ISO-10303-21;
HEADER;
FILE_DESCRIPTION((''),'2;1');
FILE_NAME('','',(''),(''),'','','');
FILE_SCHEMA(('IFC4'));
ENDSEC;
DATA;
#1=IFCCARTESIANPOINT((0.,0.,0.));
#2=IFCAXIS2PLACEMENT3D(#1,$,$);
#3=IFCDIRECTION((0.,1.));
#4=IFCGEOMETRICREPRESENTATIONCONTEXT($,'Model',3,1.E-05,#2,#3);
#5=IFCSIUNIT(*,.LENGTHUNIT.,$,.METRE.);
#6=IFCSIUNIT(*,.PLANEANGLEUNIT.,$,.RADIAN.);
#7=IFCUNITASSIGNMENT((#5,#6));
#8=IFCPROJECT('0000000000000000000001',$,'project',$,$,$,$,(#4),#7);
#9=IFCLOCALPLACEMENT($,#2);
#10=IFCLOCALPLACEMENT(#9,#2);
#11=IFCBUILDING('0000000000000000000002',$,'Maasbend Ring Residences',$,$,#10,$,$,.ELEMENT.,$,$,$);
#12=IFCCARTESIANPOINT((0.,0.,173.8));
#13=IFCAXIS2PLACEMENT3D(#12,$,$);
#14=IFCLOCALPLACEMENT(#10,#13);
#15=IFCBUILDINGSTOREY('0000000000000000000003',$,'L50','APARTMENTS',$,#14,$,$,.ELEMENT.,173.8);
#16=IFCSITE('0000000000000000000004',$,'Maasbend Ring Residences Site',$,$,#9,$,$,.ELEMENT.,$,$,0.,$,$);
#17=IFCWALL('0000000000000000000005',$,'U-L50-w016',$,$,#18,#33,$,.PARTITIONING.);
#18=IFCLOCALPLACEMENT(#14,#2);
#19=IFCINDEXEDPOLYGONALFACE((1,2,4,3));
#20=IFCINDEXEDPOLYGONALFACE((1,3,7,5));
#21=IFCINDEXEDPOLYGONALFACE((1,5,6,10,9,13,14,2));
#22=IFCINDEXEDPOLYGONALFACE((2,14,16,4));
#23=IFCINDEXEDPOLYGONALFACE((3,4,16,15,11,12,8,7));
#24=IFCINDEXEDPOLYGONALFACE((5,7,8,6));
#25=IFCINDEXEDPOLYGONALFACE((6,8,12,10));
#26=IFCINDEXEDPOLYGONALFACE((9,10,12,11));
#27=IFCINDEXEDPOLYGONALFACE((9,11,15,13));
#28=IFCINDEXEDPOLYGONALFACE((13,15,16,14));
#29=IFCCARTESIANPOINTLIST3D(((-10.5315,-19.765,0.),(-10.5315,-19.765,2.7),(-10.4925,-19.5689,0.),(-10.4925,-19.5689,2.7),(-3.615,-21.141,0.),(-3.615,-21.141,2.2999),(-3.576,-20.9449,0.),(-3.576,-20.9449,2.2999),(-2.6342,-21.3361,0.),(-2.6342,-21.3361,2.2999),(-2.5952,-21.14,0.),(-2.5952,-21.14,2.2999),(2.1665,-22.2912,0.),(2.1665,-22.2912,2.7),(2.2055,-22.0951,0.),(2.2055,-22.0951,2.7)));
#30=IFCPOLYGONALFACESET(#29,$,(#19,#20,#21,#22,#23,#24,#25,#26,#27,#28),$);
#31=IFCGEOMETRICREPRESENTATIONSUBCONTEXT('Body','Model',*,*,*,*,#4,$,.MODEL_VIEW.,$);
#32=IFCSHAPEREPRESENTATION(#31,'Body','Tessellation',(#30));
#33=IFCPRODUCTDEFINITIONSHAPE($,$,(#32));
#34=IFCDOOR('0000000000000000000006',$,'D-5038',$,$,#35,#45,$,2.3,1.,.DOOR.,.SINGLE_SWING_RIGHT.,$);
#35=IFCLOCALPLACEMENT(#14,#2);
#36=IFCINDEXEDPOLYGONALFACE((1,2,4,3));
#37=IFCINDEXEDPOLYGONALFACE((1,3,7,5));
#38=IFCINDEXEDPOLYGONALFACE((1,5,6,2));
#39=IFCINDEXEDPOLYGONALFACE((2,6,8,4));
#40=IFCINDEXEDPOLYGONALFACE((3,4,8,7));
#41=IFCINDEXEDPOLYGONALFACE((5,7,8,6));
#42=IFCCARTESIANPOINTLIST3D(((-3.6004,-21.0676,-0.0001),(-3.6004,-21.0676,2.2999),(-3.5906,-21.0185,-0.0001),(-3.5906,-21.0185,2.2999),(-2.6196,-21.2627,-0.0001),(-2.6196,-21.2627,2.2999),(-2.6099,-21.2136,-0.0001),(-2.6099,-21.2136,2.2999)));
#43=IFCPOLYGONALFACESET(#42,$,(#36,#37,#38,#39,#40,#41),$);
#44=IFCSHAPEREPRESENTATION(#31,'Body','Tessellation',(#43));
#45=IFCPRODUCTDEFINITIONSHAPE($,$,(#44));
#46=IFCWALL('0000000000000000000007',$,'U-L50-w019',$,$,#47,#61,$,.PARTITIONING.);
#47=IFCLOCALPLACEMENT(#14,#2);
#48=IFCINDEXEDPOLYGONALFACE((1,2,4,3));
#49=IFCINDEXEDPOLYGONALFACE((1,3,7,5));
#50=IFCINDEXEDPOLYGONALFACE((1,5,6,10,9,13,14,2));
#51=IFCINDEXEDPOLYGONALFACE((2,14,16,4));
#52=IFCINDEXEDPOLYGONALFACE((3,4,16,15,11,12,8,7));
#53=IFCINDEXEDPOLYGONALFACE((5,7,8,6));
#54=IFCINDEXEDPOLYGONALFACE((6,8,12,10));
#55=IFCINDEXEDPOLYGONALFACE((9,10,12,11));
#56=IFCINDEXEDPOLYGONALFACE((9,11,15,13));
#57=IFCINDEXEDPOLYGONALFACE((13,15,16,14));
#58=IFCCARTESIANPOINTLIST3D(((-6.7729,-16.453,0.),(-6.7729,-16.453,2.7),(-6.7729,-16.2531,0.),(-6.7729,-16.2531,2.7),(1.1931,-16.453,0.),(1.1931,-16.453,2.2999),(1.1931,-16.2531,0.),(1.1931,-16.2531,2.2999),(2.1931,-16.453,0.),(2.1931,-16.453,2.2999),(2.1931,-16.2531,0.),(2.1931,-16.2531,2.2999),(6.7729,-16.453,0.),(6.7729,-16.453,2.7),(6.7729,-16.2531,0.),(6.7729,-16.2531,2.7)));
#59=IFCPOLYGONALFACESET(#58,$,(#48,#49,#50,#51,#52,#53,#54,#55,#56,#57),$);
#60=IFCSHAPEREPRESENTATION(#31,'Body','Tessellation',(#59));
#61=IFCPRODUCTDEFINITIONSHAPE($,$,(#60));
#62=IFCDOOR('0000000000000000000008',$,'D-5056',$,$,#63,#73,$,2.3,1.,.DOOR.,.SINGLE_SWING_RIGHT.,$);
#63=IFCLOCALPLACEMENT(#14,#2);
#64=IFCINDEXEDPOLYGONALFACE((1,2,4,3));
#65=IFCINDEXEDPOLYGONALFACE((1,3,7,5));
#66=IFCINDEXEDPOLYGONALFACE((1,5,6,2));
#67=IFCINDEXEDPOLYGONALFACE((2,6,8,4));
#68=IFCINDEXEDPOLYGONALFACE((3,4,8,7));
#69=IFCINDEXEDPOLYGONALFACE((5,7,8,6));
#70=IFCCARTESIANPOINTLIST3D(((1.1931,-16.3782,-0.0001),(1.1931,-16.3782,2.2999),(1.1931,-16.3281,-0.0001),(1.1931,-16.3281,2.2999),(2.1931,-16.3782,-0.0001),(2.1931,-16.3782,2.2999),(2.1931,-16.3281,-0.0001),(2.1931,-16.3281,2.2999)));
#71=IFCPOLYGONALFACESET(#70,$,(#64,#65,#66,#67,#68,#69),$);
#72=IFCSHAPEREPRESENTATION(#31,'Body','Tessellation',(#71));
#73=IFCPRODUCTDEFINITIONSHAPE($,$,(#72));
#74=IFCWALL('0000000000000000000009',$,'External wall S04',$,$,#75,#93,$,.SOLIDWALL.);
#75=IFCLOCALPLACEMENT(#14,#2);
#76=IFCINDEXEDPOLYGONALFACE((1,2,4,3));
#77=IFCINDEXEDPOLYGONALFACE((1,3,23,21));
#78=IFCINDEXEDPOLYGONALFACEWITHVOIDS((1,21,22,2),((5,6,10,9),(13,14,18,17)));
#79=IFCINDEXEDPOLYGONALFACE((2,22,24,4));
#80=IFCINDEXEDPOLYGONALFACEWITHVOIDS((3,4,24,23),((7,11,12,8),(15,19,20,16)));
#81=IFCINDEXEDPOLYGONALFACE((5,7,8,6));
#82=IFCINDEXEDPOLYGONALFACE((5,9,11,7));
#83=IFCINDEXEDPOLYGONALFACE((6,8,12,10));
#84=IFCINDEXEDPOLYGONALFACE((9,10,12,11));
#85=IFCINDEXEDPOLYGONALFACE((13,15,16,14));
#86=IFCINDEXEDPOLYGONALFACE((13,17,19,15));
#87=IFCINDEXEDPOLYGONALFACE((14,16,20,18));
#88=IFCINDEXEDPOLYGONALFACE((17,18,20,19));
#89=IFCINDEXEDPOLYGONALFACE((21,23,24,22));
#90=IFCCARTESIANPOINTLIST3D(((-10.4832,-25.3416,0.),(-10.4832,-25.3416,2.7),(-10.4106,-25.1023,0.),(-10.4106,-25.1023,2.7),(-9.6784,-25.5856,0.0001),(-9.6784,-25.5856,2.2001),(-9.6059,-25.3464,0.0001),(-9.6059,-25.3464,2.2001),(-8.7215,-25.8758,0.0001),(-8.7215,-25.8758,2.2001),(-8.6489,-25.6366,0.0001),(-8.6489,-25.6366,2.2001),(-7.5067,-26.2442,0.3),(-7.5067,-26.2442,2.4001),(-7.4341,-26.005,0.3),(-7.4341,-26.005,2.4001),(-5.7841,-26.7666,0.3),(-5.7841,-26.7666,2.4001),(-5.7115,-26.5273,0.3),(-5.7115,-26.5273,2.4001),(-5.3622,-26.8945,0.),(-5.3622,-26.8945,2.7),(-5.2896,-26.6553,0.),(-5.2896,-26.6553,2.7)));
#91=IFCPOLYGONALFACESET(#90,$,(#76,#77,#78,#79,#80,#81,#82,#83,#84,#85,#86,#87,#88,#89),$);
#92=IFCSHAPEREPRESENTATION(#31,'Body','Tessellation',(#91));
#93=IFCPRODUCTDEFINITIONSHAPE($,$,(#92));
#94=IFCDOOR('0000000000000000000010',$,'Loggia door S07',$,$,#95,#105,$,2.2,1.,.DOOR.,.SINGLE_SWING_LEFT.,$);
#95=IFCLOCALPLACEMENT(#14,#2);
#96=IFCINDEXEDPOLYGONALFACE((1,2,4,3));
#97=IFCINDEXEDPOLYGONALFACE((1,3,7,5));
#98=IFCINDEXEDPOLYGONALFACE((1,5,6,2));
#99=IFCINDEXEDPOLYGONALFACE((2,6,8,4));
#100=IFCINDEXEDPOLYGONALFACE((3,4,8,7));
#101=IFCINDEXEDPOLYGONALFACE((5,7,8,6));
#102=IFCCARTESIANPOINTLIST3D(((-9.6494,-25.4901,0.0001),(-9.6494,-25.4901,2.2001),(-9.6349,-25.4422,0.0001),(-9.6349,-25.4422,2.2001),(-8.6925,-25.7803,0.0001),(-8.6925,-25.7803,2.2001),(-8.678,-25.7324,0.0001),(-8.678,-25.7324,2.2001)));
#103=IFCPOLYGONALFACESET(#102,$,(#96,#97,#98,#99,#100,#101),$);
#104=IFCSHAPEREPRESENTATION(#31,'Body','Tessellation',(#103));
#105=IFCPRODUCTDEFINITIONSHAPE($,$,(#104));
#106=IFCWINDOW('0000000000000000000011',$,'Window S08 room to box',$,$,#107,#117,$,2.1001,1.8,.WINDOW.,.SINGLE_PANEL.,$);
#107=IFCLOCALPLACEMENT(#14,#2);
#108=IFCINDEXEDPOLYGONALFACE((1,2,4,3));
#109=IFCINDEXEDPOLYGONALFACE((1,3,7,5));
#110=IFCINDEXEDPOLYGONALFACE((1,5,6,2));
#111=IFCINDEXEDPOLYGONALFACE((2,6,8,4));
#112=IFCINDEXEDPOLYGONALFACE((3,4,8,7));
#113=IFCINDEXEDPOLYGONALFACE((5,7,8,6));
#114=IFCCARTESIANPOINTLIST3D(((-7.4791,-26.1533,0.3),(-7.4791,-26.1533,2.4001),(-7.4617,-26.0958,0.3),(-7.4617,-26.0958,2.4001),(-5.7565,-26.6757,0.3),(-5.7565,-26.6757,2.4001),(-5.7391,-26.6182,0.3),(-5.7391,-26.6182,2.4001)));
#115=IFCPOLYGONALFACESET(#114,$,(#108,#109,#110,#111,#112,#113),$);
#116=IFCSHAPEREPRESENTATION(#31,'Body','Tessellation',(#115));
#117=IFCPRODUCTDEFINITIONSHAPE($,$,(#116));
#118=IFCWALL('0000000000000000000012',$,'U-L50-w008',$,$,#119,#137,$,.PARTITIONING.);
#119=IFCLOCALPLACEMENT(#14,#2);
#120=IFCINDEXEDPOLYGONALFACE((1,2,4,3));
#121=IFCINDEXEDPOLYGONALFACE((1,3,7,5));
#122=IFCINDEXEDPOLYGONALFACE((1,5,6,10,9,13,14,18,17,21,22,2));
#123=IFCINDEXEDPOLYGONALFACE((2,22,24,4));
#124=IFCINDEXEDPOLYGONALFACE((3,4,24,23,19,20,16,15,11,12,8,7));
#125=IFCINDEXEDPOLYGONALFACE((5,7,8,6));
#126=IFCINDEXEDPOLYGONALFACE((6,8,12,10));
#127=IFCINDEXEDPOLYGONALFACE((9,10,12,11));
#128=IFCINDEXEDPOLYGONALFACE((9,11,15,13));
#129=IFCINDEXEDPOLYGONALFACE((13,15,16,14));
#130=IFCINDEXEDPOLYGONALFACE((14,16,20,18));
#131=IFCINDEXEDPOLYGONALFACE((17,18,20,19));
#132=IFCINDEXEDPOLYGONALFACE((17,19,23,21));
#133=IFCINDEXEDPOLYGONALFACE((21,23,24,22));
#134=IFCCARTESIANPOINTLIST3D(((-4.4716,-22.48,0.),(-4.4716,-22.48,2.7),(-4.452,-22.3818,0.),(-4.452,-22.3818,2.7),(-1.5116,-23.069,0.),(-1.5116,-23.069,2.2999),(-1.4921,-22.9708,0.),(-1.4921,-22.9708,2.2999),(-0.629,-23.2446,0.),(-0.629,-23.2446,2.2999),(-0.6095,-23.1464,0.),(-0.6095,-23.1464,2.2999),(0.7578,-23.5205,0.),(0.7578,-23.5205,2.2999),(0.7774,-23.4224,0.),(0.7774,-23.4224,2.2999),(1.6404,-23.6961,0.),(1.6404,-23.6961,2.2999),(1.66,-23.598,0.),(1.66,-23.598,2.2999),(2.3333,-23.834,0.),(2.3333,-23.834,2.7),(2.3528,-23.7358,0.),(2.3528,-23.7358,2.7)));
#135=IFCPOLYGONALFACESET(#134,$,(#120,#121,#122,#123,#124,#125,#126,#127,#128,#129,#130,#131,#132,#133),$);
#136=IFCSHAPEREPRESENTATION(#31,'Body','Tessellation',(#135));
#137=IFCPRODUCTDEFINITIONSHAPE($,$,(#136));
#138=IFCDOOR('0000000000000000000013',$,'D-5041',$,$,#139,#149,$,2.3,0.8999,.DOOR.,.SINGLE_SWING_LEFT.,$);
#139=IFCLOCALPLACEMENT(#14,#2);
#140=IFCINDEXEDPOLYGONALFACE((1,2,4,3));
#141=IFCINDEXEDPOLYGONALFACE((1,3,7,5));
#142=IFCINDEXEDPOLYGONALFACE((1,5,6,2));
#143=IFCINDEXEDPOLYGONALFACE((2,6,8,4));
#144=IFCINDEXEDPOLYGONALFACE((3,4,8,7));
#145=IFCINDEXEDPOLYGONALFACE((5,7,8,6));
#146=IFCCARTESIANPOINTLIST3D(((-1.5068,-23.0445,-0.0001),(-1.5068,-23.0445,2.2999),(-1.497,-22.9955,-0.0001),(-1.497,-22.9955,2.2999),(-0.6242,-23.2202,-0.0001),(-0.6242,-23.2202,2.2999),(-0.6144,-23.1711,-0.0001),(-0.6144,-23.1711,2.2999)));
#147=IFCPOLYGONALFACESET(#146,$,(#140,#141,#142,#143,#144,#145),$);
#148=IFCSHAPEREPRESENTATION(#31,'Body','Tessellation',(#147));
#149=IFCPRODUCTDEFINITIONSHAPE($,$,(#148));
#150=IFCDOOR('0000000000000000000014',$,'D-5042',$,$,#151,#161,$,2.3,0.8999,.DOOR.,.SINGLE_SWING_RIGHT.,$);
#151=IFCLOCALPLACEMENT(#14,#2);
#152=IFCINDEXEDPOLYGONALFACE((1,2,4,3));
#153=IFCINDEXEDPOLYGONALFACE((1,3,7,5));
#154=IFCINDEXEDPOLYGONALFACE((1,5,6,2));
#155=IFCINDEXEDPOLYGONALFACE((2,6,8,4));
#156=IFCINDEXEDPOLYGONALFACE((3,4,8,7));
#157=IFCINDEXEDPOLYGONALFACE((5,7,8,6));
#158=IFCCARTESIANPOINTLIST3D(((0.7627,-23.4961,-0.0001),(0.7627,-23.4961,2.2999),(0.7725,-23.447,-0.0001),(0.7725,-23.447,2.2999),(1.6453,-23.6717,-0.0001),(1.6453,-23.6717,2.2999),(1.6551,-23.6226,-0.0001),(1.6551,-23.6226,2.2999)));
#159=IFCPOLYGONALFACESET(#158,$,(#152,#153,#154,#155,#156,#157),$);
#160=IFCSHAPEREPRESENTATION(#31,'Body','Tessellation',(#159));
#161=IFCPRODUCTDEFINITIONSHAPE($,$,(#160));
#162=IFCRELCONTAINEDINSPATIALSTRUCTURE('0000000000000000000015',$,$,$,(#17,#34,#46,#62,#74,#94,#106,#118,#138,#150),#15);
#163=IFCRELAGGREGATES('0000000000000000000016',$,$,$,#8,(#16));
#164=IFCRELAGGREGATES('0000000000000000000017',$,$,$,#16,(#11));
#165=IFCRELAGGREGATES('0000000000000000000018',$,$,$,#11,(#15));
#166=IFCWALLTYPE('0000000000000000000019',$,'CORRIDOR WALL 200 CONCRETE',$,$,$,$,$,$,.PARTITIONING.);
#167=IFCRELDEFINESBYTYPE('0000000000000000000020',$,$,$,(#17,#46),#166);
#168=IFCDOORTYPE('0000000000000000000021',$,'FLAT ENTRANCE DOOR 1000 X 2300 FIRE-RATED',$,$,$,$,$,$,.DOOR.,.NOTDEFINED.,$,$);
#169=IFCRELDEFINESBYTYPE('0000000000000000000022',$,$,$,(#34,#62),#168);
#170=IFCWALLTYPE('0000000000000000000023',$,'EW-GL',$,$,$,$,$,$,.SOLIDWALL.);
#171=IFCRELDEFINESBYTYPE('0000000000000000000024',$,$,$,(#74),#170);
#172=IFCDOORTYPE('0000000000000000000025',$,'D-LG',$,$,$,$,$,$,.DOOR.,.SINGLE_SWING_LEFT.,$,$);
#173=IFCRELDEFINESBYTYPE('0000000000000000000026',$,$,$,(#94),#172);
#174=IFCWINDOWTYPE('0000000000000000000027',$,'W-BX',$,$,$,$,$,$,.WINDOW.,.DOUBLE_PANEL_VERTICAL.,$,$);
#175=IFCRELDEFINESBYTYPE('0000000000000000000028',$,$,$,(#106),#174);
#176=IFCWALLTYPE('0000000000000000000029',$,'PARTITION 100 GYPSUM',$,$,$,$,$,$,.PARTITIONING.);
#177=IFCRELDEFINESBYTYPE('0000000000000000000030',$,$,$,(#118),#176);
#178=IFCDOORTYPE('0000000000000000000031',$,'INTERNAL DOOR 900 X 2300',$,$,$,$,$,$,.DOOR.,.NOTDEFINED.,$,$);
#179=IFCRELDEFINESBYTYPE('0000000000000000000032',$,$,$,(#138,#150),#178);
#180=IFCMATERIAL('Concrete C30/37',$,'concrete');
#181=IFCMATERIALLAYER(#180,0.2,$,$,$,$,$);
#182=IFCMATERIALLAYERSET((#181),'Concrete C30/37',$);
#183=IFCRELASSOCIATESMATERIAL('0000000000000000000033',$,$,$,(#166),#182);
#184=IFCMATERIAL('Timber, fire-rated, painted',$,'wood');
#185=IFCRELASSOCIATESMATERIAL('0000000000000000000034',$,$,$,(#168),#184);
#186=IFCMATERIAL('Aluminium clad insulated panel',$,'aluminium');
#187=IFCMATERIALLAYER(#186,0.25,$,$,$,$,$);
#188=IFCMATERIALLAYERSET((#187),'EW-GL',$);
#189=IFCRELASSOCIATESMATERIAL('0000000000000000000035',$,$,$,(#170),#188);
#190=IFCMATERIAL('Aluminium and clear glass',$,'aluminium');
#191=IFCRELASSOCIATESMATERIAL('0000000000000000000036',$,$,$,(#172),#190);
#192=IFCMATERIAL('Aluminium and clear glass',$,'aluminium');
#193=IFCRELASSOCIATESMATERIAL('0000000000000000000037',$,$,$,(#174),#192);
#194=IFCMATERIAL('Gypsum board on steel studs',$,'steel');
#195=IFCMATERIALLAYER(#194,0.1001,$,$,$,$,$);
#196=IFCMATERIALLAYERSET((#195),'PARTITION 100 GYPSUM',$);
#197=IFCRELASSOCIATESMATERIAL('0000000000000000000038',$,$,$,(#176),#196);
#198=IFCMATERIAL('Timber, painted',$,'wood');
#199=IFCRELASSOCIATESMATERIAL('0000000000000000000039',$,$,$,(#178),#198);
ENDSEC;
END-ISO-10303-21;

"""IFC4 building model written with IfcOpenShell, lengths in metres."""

from ifc_helpers import new_model, si_unit, direction, frame, frame_2d, origin, place, context, subcontext, project, spatial, rectangle, extrude, material, layer, layer_set, type_object, element, fill, save


model = new_model("IFC4")

# Units and contexts
model_context = context("Model", 3, precision=1e-05, world=origin(), true_north=direction((0.0, 1.0)))
body_context = subcontext(model_context, "Body", "Model", "MODEL_VIEW")
ifc_project = project(units=[si_unit("LENGTHUNIT", "METRE"), si_unit("PLANEANGLEUNIT", "RADIAN")], contexts=[model_context])

# Site, building, storey
site_placement = place(None, origin())
site = spatial("IfcSite", under=ifc_project, at=site_placement, Name="Maasbend Ring Residences Site", CompositionType="ELEMENT", RefElevation=0.0)
building_placement = place(site_placement, origin())
building = spatial("IfcBuilding", under=site, at=building_placement, Name="Maasbend Ring Residences", CompositionType="ELEMENT")
storey_placement = place(building_placement, frame((0.0, 0.0, 173.8)))
storey = spatial("IfcBuildingStorey", under=building, at=storey_placement, Name="L50", Description="APARTMENTS", CompositionType="ELEMENT", Elevation=173.8)

# Walls, openings, doors
ifc_material_1 = material(Name="Concrete C30/37", Category="concrete")
ifc_layer_1 = layer(ifc_material_1, 0.2)
ifc_layer_set_1 = layer_set([ifc_layer_1], Name="Concrete C30/37")
wall_type_1 = type_object("IfcWallType", Name="CORRIDOR WALL 200 CONCRETE", PredefinedType="PARTITIONING", material=ifc_layer_set_1)
wall_1_placement = place(storey_placement, frame((-10.512, -19.667, 0.0), z_axis=(0.0, 0.0, 1.0), x_axis=(0.98078, -0.195115, 0.0)))
wall_1 = element("IfcWall", 1, at=wall_1_placement, inside=storey, type_object=wall_type_1, Name="U-L50-w016", PredefinedType="PARTITIONING", context=body_context, shape_type="SweptSolid", body=[
    extrude(rectangle(XDim=12.9468, YDim=0.2, at=frame_2d((6.4734, 0.0))), origin(), (0.0, 0.0, 1.0), 2.7),
])
opening_1_placement = place(wall_1_placement, frame((7.052, 0.0, 0.0)))
opening_1 = element("IfcOpeningElement", 2, at=opening_1_placement, cuts=wall_1, PredefinedType="OPENING", context=body_context, shape_type="SweptSolid", body=[
    extrude(rectangle(XDim=1.0, YDim=2.3, at=frame_2d((0.5, 1.1499))), frame((0.0, 0.1099, 0.0), z_axis=(0.0, -1.0, 0.0), x_axis=(1.0, 0.0, 0.0)), (0.0, 0.0, 1.0), 0.22),
])
ifc_material_2 = material(Name="Timber, fire-rated, painted", Category="wood")
door_type_1 = type_object("IfcDoorType", Name="FLAT ENTRANCE DOOR 1000 X 2300 FIRE-RATED", OperationType="NOTDEFINED", PredefinedType="DOOR", material=ifc_material_2)
door_1_placement = place(opening_1_placement, origin())
door_1 = element("IfcDoor", 3, at=door_1_placement, inside=storey, type_object=door_type_1, Name="D-5038", OperationType="SINGLE_SWING_RIGHT", OverallHeight=2.3, OverallWidth=1.0, PredefinedType="DOOR", context=body_context, shape_type="SweptSolid", body=[
    extrude(rectangle(XDim=1.0, YDim=2.3, at=frame_2d((0.5, 1.1499))), frame((0.0, 0.0249, 0.0), z_axis=(0.0, -1.0, 0.0), x_axis=(1.0, 0.0, 0.0)), (0.0, 0.0, 1.0), 0.05),
])
fill(opening_1, door_1)
wall_2_placement = place(storey_placement, frame((-6.7729, -16.353, 0.0), z_axis=(0.0, 0.0, 1.0), x_axis=(1.0, 0.0, 0.0)))
wall_2 = element("IfcWall", 4, at=wall_2_placement, inside=storey, type_object=wall_type_1, Name="U-L50-w019", PredefinedType="PARTITIONING", context=body_context, shape_type="SweptSolid", body=[
    extrude(rectangle(XDim=13.5459, YDim=0.2, at=frame_2d((6.7729, 0.0))), origin(), (0.0, 0.0, 1.0), 2.7),
])
opening_2_placement = place(wall_2_placement, frame((7.9661, 0.0, 0.0)))
opening_2 = element("IfcOpeningElement", 5, at=opening_2_placement, cuts=wall_2, PredefinedType="OPENING", context=body_context, shape_type="SweptSolid", body=[
    extrude(rectangle(XDim=1.0, YDim=2.3, at=frame_2d((0.5, 1.1499))), frame((0.0, 0.1099, 0.0), z_axis=(0.0, -1.0, 0.0), x_axis=(1.0, 0.0, 0.0)), (0.0, 0.0, 1.0), 0.22),
])
door_2_placement = place(opening_2_placement, origin())
door_2 = element("IfcDoor", 6, at=door_2_placement, inside=storey, type_object=door_type_1, Name="D-5056", OperationType="SINGLE_SWING_RIGHT", OverallHeight=2.3, OverallWidth=1.0, PredefinedType="DOOR", context=body_context, shape_type="SweptSolid", body=[
    extrude(rectangle(XDim=1.0, YDim=2.3, at=frame_2d((0.5, 1.1499))), frame((0.0, 0.0249, 0.0), z_axis=(0.0, -1.0, 0.0), x_axis=(1.0, 0.0, 0.0)), (0.0, 0.0, 1.0), 0.05),
])
fill(opening_2, door_2)

# Wall, openings, door, window
ifc_material_3 = material(Name="Aluminium clad insulated panel", Category="aluminium")
ifc_layer_2 = layer(ifc_material_3, 0.25)
ifc_layer_set_2 = layer_set([ifc_layer_2], Name="EW-GL")
wall_type_2 = type_object("IfcWallType", Name="EW-GL", PredefinedType="SOLIDWALL", material=ifc_layer_set_2)
wall_3_placement = place(storey_placement, frame((-10.447, -25.2219, 0.0), z_axis=(0.0, 0.0, 1.0), x_axis=(0.956966, -0.290201, 0.0)))
wall_3 = element("IfcWall", 7, at=wall_3_placement, inside=storey, type_object=wall_type_2, Name="External wall S04", PredefinedType="SOLIDWALL", context=body_context, shape_type="SweptSolid", body=[
    extrude(rectangle(XDim=5.3513, YDim=0.25, at=frame_2d((2.6758, 0.0))), origin(), (0.0, 0.0, 1.0), 2.7),
])
opening_3_placement = place(wall_3_placement, frame((0.8411, 0.0, 0.0)))
opening_3 = element("IfcOpeningElement", 8, at=opening_3_placement, cuts=wall_3, PredefinedType="OPENING", context=body_context, shape_type="SweptSolid", body=[
    extrude(rectangle(XDim=1.0, YDim=2.2, at=frame_2d((0.5, 1.1001))), frame((0.0, 0.135, 0.0), z_axis=(0.0, -1.0, 0.0), x_axis=(1.0, 0.0, 0.0)), (0.0, 0.0, 1.0), 0.27),
])
opening_4_placement = place(wall_3_placement, frame((3.1106, 0.0, 0.3)))
opening_4 = element("IfcOpeningElement", 9, at=opening_4_placement, cuts=wall_3, PredefinedType="OPENING", context=body_context, shape_type="SweptSolid", body=[
    extrude(rectangle(XDim=1.8, YDim=2.1001, at=frame_2d((0.8999, 1.05))), frame((0.0, 0.135, 0.0), z_axis=(0.0, -1.0, 0.0), x_axis=(1.0, 0.0, 0.0)), (0.0, 0.0, 1.0), 0.27),
])
ifc_material_4 = material(Name="Aluminium and clear glass", Category="aluminium")
door_type_2 = type_object("IfcDoorType", Name="D-LG", OperationType="SINGLE_SWING_LEFT", PredefinedType="DOOR", material=ifc_material_4)
door_3_placement = place(opening_3_placement, origin())
door_3 = element("IfcDoor", 10, at=door_3_placement, inside=storey, type_object=door_type_2, Name="Loggia door S07", OperationType="SINGLE_SWING_LEFT", OverallHeight=2.2, OverallWidth=1.0, PredefinedType="DOOR", context=body_context, shape_type="SweptSolid", body=[
    extrude(rectangle(XDim=1.0, YDim=2.2, at=frame_2d((0.5, 1.1001))), frame((0.0, 0.0249, 0.0), z_axis=(0.0, -1.0, 0.0), x_axis=(1.0, 0.0, 0.0)), (0.0, 0.0, 1.0), 0.05),
])
fill(opening_3, door_3)
ifc_material_5 = material(Name="Aluminium and clear glass", Category="aluminium")
window_type = type_object("IfcWindowType", Name="W-BX", PartitioningType="DOUBLE_PANEL_VERTICAL", PredefinedType="WINDOW", material=ifc_material_5)
window_placement = place(opening_4_placement, origin())
window = element("IfcWindow", 11, at=window_placement, inside=storey, type_object=window_type, Name="Window S08 room to box", OverallHeight=2.1001, OverallWidth=1.8, PartitioningType="SINGLE_PANEL", PredefinedType="WINDOW", context=body_context, shape_type="SweptSolid", body=[
    extrude(rectangle(XDim=1.8, YDim=2.1001, at=frame_2d((0.8999, 1.05))), frame((0.0, 0.03, 0.0), z_axis=(0.0, -1.0, 0.0), x_axis=(1.0, 0.0, 0.0)), (0.0, 0.0, 1.0), 0.0601),
])
fill(opening_4, window)

# Wall, openings, doors
ifc_material_6 = material(Name="Gypsum board on steel studs", Category="steel")
ifc_layer_3 = layer(ifc_material_6, 0.1001)
ifc_layer_set_3 = layer_set([ifc_layer_3], Name="PARTITION 100 GYPSUM")
wall_type_3 = type_object("IfcWallType", Name="PARTITION 100 GYPSUM", PredefinedType="PARTITIONING", material=ifc_layer_set_3)
wall_4_placement = place(storey_placement, frame((-4.4619, -22.4309, 0.0), z_axis=(0.0, 0.0, 1.0), x_axis=(0.980774, -0.195148, 0.0)))
wall_4 = element("IfcWall", 12, at=wall_4_placement, inside=storey, type_object=wall_type_3, Name="U-L50-w008", PredefinedType="PARTITIONING", context=body_context, shape_type="SweptSolid", body=[
    extrude(rectangle(XDim=6.9382, YDim=0.1001, at=frame_2d((3.4692, 0.0))), origin(), (0.0, 0.0, 1.0), 2.7),
])
opening_5_placement = place(wall_4_placement, frame((3.0181, 0.0, 0.0)))
opening_5 = element("IfcOpeningElement", 13, at=opening_5_placement, cuts=wall_4, PredefinedType="OPENING", context=body_context, shape_type="SweptSolid", body=[
    extrude(rectangle(XDim=0.8999, YDim=2.3, at=frame_2d((0.45, 1.1499))), frame((0.0, 0.0601, 0.0), z_axis=(0.0, -1.0, 0.0), x_axis=(1.0, 0.0, 0.0)), (0.0, 0.0, 1.0), 0.1201),
])
opening_6_placement = place(wall_4_placement, frame((5.332, 0.0, 0.0)))
opening_6 = element("IfcOpeningElement", 14, at=opening_6_placement, cuts=wall_4, PredefinedType="OPENING", context=body_context, shape_type="SweptSolid", body=[
    extrude(rectangle(XDim=0.8999, YDim=2.3, at=frame_2d((0.45, 1.1499))), frame((0.0, 0.0601, 0.0), z_axis=(0.0, -1.0, 0.0), x_axis=(1.0, 0.0, 0.0)), (0.0, 0.0, 1.0), 0.1201),
])
ifc_material_7 = material(Name="Timber, painted", Category="wood")
door_type_3 = type_object("IfcDoorType", Name="INTERNAL DOOR 900 X 2300", OperationType="NOTDEFINED", PredefinedType="DOOR", material=ifc_material_7)
door_4_placement = place(opening_5_placement, origin())
door_4 = element("IfcDoor", 15, at=door_4_placement, inside=storey, type_object=door_type_3, Name="D-5041", OperationType="SINGLE_SWING_LEFT", OverallHeight=2.3, OverallWidth=0.8999, PredefinedType="DOOR", context=body_context, shape_type="SweptSolid", body=[
    extrude(rectangle(XDim=0.8999, YDim=2.3, at=frame_2d((0.45, 1.1499))), frame((0.0, 0.0249, 0.0), z_axis=(0.0, -1.0, 0.0), x_axis=(1.0, 0.0, 0.0)), (0.0, 0.0, 1.0), 0.05),
])
fill(opening_5, door_4)
door_5_placement = place(opening_6_placement, origin())
door_5 = element("IfcDoor", 16, at=door_5_placement, inside=storey, type_object=door_type_3, Name="D-5042", OperationType="SINGLE_SWING_RIGHT", OverallHeight=2.3, OverallWidth=0.8999, PredefinedType="DOOR", context=body_context, shape_type="SweptSolid", body=[
    extrude(rectangle(XDim=0.8999, YDim=2.3, at=frame_2d((0.45, 1.1499))), frame((0.0, 0.0249, 0.0), z_axis=(0.0, -1.0, 0.0), x_axis=(1.0, 0.0, 0.0)), (0.0, 0.0, 1.0), 0.05),
])
fill(opening_6, door_5)

save(model, "model.ifc")
